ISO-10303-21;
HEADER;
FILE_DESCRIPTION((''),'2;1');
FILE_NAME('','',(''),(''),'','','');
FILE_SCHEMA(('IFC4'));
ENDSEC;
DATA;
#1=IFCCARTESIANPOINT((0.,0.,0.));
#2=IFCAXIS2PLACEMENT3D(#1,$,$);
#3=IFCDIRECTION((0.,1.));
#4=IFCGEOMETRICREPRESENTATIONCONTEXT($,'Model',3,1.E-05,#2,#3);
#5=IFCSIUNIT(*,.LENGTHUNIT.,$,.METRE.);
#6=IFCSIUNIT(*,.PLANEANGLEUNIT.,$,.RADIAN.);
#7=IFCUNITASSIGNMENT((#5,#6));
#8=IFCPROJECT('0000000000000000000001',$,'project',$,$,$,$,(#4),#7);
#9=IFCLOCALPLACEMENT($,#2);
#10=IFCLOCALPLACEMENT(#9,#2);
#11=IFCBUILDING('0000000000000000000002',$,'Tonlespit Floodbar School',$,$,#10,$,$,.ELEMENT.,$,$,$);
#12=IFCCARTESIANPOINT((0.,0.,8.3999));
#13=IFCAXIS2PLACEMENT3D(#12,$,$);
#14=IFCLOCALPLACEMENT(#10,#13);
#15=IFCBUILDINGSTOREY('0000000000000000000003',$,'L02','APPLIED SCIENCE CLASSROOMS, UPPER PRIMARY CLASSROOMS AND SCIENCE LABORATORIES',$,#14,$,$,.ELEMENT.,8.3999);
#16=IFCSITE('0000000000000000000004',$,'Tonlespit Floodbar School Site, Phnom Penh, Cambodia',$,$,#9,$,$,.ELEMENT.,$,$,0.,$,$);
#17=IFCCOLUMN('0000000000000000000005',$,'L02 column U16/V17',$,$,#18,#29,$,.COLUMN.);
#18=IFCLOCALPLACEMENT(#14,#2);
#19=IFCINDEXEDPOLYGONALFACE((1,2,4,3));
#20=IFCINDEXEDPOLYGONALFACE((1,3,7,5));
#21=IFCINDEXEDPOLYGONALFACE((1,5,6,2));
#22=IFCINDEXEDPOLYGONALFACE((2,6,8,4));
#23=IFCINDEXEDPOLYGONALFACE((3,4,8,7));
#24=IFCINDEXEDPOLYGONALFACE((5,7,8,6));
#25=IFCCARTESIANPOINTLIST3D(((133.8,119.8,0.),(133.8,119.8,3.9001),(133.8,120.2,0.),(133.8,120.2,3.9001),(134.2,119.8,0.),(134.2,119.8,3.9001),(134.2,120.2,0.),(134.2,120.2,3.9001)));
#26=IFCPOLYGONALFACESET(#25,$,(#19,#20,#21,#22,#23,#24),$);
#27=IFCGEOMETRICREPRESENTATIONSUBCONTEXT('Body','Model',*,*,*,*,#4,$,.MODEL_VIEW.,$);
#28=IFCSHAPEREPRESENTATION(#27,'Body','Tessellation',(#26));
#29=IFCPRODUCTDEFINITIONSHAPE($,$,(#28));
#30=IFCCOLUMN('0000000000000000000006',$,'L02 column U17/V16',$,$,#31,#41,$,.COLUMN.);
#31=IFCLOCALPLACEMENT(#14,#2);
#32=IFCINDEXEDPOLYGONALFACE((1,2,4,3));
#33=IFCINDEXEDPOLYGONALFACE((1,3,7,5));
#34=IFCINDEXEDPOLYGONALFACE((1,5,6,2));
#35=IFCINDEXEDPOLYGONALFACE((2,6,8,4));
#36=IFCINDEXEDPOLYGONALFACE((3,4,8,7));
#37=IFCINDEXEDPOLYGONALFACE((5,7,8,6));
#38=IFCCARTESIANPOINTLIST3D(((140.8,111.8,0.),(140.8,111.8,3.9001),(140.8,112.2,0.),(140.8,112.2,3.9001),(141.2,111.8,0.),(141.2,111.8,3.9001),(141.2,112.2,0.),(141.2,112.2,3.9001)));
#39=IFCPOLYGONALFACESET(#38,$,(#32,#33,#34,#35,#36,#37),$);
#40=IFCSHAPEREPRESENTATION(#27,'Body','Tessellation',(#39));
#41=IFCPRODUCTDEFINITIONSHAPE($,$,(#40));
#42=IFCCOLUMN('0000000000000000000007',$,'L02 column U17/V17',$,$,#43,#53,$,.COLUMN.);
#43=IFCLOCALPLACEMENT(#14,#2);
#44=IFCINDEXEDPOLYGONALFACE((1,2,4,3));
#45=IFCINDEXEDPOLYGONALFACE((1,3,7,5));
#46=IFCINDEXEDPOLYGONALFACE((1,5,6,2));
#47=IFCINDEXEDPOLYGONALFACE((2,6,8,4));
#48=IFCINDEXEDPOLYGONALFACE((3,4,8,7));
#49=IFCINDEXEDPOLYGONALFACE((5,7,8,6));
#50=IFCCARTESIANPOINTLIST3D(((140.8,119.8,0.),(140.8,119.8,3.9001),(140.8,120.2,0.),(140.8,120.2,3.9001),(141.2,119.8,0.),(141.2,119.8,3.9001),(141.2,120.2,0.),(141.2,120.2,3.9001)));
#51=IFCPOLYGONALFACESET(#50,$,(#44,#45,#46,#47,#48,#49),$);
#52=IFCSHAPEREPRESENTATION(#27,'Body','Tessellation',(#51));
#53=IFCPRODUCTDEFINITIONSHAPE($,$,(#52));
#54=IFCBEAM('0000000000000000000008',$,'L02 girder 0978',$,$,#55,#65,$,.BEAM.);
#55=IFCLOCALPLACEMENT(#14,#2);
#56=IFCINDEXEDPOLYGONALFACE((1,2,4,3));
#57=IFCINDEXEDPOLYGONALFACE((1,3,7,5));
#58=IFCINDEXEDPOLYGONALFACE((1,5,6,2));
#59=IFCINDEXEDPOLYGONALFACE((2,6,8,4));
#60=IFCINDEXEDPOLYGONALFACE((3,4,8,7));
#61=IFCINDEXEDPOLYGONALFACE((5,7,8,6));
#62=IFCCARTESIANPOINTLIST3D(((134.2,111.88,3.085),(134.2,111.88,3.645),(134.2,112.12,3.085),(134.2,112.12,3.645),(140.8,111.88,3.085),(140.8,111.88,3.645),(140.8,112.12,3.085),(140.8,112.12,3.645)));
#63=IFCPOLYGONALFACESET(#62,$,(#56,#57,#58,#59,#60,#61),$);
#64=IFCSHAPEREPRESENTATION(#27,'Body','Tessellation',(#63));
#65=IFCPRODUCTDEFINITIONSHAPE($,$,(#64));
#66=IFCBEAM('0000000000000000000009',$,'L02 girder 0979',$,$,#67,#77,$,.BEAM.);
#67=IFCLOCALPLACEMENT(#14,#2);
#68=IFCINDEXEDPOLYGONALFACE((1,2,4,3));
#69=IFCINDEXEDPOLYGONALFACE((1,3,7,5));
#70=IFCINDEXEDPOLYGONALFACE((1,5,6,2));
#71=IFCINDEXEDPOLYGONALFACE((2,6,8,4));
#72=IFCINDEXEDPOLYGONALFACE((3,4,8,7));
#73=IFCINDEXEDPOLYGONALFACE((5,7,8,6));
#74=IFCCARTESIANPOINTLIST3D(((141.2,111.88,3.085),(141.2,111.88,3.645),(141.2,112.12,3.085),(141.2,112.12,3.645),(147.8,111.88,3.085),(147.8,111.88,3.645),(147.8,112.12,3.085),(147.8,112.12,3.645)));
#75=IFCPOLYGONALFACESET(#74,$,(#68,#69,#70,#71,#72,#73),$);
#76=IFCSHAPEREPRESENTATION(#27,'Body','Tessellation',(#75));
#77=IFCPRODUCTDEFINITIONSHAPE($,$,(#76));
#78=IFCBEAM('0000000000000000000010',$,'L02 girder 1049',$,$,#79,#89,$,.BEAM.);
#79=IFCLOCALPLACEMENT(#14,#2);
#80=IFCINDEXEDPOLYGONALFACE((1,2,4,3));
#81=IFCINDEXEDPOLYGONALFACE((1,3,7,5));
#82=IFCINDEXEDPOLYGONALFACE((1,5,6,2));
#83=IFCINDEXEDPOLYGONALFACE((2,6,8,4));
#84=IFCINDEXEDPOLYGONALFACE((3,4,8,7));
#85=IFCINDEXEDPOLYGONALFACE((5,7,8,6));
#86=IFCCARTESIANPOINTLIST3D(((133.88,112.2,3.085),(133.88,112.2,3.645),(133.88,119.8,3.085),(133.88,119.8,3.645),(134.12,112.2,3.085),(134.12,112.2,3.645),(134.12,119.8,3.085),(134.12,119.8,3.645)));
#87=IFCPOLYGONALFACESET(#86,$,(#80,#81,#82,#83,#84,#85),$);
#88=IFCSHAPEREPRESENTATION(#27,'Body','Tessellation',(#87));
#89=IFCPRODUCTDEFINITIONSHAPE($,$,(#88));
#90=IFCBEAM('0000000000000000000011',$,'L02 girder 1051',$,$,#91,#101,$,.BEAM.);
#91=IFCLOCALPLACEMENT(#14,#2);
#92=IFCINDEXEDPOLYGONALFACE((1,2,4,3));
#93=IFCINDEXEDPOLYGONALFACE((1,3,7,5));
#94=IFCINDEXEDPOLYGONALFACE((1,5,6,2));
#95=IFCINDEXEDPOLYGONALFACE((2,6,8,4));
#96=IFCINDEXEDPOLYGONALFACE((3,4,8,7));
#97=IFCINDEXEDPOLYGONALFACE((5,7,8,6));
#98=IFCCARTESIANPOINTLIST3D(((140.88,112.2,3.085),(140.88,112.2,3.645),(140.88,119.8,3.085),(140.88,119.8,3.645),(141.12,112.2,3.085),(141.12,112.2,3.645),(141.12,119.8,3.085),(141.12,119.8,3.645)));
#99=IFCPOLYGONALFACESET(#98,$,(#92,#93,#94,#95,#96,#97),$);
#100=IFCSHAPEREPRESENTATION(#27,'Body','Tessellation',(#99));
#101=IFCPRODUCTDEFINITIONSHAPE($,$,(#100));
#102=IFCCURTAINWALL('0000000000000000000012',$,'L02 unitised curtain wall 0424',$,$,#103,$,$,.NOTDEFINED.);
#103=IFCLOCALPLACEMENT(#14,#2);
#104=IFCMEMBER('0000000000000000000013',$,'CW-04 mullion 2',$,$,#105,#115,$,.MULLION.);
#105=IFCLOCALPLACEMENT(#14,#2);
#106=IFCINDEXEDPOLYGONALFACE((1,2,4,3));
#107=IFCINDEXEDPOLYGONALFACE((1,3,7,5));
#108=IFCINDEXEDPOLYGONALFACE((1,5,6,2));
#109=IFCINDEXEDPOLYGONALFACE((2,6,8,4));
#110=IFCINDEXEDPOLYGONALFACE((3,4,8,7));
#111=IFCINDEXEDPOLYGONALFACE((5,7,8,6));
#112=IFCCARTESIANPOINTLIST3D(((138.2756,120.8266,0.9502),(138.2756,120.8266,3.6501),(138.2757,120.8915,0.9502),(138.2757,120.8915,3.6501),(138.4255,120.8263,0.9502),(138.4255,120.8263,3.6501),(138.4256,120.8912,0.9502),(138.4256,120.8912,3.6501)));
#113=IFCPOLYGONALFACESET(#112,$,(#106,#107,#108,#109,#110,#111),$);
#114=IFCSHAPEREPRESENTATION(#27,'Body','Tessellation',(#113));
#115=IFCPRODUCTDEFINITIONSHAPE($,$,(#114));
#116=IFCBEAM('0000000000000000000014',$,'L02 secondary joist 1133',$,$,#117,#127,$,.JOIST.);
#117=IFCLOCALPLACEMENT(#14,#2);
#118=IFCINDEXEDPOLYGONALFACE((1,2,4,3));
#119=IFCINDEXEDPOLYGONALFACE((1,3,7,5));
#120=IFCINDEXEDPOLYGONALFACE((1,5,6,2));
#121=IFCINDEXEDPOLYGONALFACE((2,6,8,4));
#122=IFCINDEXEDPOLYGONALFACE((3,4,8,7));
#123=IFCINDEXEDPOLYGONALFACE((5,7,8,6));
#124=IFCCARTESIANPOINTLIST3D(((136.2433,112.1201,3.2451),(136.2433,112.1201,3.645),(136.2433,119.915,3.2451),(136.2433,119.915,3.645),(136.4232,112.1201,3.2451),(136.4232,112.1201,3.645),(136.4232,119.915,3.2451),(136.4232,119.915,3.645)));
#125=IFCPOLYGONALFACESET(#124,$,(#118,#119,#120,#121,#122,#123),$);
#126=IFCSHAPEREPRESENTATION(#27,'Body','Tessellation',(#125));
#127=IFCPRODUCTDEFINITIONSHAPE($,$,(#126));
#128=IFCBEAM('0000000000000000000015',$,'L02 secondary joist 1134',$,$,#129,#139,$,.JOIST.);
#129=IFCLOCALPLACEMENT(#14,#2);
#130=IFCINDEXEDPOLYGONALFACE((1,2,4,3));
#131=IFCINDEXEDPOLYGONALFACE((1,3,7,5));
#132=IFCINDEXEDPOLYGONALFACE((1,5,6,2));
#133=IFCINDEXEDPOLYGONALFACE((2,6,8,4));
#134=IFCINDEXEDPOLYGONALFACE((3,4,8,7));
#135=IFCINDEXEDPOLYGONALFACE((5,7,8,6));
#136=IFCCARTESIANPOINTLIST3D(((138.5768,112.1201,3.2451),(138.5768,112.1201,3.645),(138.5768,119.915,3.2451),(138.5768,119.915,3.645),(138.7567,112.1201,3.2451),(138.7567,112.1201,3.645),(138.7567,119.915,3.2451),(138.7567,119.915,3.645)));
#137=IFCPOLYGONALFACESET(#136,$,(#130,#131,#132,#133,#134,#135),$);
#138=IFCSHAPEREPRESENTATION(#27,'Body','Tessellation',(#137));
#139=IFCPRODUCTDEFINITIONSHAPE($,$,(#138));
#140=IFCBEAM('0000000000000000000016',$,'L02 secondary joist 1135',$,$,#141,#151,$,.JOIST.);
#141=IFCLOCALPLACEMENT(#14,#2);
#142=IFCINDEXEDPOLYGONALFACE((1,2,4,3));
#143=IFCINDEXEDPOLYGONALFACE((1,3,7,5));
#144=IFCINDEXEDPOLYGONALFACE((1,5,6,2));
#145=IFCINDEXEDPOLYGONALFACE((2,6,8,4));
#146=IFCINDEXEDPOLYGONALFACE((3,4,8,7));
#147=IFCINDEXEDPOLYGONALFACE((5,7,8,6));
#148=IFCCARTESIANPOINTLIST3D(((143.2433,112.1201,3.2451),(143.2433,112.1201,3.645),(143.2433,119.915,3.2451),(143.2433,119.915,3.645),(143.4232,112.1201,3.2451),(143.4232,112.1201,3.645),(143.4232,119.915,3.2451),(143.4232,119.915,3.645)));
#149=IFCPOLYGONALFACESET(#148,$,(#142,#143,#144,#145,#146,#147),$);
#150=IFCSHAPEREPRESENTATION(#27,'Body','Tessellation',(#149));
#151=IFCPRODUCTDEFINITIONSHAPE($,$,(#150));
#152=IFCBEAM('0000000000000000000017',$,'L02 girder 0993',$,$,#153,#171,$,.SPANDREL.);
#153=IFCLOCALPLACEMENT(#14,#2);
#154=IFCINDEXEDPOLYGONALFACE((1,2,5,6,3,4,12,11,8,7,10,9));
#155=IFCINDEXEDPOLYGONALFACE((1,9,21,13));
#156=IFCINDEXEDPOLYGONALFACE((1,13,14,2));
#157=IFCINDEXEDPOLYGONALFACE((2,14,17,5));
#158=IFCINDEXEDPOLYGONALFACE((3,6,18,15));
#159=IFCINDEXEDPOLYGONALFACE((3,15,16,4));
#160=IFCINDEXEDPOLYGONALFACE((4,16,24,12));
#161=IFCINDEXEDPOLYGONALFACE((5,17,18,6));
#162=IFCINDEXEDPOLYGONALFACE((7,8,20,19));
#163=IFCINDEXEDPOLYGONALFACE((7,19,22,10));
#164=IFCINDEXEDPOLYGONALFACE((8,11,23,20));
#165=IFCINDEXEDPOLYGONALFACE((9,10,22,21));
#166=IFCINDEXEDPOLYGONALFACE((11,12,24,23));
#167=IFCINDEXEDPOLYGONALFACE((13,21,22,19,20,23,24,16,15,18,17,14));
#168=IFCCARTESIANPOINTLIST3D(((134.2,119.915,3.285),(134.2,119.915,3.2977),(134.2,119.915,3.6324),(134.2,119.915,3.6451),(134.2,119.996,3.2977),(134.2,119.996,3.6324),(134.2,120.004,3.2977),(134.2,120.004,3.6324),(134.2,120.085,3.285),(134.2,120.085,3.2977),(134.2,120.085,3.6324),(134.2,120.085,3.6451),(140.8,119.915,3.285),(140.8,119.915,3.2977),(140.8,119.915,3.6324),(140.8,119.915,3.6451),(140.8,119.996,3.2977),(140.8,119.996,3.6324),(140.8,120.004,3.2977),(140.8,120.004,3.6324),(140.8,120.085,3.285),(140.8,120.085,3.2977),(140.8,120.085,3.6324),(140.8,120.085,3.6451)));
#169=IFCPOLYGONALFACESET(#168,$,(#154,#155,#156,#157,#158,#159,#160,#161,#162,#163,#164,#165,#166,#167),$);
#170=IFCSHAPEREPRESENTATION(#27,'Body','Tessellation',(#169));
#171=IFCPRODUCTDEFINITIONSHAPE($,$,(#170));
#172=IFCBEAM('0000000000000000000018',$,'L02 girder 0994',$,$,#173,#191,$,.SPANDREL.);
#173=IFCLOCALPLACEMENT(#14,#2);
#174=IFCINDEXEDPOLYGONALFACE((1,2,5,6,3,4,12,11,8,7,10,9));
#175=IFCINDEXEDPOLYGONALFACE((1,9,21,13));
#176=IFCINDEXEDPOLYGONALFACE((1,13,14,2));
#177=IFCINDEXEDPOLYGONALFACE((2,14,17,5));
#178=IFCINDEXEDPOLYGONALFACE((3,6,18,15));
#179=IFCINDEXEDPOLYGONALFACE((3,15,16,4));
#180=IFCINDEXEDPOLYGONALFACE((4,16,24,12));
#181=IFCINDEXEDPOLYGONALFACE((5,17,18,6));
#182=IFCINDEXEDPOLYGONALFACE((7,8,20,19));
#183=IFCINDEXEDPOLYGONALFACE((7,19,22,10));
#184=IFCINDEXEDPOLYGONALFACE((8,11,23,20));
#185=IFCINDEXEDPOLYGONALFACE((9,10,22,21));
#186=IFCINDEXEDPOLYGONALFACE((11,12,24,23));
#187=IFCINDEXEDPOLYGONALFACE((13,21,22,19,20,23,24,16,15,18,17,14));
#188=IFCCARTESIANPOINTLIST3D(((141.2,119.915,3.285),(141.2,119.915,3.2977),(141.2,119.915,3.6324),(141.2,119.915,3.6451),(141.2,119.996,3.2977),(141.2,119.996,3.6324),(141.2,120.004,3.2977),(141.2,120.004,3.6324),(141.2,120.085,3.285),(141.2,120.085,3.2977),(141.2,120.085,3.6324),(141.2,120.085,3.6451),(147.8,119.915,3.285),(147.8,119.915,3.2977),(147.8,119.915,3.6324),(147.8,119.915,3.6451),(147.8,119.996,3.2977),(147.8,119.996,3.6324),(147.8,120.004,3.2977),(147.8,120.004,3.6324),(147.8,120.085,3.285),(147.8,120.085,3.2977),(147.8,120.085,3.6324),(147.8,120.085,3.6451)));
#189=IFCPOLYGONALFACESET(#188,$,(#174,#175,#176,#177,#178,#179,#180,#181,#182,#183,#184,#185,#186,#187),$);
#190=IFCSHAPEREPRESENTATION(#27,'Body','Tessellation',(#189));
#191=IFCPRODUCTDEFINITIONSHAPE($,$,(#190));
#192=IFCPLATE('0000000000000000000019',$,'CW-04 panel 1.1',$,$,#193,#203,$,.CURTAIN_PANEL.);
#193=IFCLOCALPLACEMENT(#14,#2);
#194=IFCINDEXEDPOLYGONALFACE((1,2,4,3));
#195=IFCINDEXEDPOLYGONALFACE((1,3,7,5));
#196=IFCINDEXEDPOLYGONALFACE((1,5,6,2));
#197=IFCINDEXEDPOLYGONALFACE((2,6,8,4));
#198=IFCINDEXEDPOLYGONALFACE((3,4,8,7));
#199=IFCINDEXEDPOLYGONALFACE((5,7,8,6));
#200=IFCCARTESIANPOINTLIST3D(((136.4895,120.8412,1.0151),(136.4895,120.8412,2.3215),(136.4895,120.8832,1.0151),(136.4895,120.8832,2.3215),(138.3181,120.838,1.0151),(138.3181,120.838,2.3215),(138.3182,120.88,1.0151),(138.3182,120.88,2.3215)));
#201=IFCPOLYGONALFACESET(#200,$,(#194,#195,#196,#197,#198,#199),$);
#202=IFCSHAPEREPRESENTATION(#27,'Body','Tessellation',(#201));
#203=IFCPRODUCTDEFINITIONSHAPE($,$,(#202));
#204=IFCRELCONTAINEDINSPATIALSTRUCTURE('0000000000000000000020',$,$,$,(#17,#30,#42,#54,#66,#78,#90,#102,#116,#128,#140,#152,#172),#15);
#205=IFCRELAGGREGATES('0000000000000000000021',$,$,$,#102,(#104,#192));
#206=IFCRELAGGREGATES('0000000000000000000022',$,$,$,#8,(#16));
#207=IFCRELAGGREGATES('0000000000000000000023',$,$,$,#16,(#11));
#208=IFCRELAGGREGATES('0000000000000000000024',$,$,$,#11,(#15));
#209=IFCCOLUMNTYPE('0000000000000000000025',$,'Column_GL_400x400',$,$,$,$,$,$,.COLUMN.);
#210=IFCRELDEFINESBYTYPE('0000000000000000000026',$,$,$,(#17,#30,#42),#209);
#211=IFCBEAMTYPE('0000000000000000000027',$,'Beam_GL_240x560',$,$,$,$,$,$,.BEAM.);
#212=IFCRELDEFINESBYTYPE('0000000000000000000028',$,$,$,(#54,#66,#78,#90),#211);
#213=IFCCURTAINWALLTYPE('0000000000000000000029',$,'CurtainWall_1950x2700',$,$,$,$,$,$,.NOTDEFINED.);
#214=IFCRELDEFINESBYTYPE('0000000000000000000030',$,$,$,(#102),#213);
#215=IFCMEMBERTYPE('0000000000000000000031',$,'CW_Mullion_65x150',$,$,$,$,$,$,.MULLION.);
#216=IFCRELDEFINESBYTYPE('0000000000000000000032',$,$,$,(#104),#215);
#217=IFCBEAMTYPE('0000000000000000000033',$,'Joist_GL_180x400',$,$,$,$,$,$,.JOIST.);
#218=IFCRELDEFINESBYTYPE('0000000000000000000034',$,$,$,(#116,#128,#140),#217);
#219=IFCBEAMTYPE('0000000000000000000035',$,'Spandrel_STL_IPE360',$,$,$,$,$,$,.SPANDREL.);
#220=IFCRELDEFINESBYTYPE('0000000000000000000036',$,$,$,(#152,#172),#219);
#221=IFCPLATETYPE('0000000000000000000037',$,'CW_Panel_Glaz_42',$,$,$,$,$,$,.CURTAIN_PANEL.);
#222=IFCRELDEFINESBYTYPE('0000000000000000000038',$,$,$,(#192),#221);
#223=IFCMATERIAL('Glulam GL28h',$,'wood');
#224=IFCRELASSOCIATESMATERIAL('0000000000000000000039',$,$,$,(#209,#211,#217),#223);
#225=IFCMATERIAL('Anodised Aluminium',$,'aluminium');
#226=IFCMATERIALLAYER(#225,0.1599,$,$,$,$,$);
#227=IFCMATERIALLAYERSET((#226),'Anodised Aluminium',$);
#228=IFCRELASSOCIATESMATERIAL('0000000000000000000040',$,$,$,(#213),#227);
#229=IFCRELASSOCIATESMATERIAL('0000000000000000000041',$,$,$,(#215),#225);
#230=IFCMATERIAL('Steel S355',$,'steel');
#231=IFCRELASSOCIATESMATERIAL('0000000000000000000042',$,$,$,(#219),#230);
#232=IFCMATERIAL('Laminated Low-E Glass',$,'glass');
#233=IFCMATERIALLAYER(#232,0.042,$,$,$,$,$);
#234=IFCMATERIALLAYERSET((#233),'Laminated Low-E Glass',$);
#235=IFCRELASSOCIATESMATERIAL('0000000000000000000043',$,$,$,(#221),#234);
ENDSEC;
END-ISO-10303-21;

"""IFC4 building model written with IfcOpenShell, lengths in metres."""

from ifc_helpers import new_model, si_unit, direction, frame, origin, origin_2d, place, context, subcontext, project, spatial, rectangle, i_section, extrude, material, layer, layer_set, material_profile, profile_set, type_object, element, aggregate, save


model = new_model("IFC4")

# Units and contexts
model_context = context("Model", 3, precision=1e-05, world=origin(), true_north=direction((0.0, 1.0)))
body_context = subcontext(model_context, "Body", "Model", "MODEL_VIEW")
ifc_project = project(units=[si_unit("LENGTHUNIT", "METRE"), si_unit("PLANEANGLEUNIT", "RADIAN")], contexts=[model_context])

# Site, building, storey
site_placement = place(None, origin())
site = spatial("IfcSite", under=ifc_project, at=site_placement, Name="Tonlespit Floodbar School Site, Phnom Penh, Cambodia", CompositionType="ELEMENT", RefElevation=0.0)
building_placement = place(site_placement, origin())
building = spatial("IfcBuilding", under=site, at=building_placement, Name="Tonlespit Floodbar School", CompositionType="ELEMENT")
storey_placement = place(building_placement, frame((0.0, 0.0, 8.3999)))
storey = spatial("IfcBuildingStorey", under=building, at=storey_placement, Name="L02", Description="APPLIED SCIENCE CLASSROOMS, UPPER PRIMARY CLASSROOMS AND SCIENCE LABORATORIES", CompositionType="ELEMENT", Elevation=8.3999)

# Columns
ifc_material_1 = material(Name="Glulam GL28h", Category="wood")
ifc_material_profile_1 = material_profile(ifc_material_1, rectangle(XDim=0.3999, YDim=0.3999, at=origin_2d()), Name="GL 400x400")
ifc_profile_set_1 = profile_set([ifc_material_profile_1], Name="Glulam GL28h")
column_type = type_object("IfcColumnType", Name="Column_GL_400x400", PredefinedType="COLUMN", material=ifc_profile_set_1)
for number, where, z_axis, x_axis, name in (
    (1, (134.0, 120.0, 0.0), (0.0, 0.0, 1.0), (1.0, 0.0, 0.0), "L02 column U16/V17"),
    (2, (141.0, 112.0, 0.0), (0.0, 0.0, 1.0), (1.0, 0.0, 0.0), "L02 column U17/V16"),
    (3, (141.0, 120.0, 0.0), (0.0, 0.0, 1.0), (1.0, 0.0, 0.0), "L02 column U17/V17"),
):
    element("IfcColumn", number, at=place(storey_placement, frame(where, z_axis=z_axis, x_axis=x_axis)), inside=storey, type_object=column_type, Name=name, PredefinedType="COLUMN", context=body_context, shape_type="SweptSolid", body=[
        extrude(rectangle(XDim=0.3999, YDim=0.3999, at=origin_2d()), origin(), (0.0, 0.0, 1.0), 3.9001),
    ])

# Beams
ifc_material_profile_2 = material_profile(ifc_material_1, rectangle(XDim=0.24, YDim=0.5601, at=origin_2d()), Name="GL 240x560")
ifc_profile_set_2 = profile_set([ifc_material_profile_2], Name="Glulam GL28h")
beam_type_1 = type_object("IfcBeamType", Name="Beam_GL_240x560", PredefinedType="BEAM", material=ifc_profile_set_2)
for number, where, z_axis, x_axis, name in (
    (4, (134.2, 112.0, 3.365), (1.0, 0.0, 0.0), (0.0, 1.0, 0.0), "L02 girder 0978"),
    (5, (141.2, 112.0, 3.365), (1.0, 0.0, 0.0), (0.0, 1.0, 0.0), "L02 girder 0979"),
):
    element("IfcBeam", number, at=place(storey_placement, frame(where, z_axis=z_axis, x_axis=x_axis)), inside=storey, type_object=beam_type_1, Name=name, PredefinedType="BEAM", context=body_context, shape_type="SweptSolid", body=[
        extrude(rectangle(XDim=0.24, YDim=0.5601, at=origin_2d()), origin(), (0.0, 0.0, 1.0), 6.6001),
    ])
for number, where, z_axis, x_axis, name in (
    (6, (134.0, 112.2, 3.365), (0.0, 1.0, 0.0), (-1.0, 0.0, 0.0), "L02 girder 1049"),
    (7, (141.0, 112.2, 3.365), (0.0, 1.0, 0.0), (-1.0, 0.0, 0.0), "L02 girder 1051"),
):
    element("IfcBeam", number, at=place(storey_placement, frame(where, z_axis=z_axis, x_axis=x_axis)), inside=storey, type_object=beam_type_1, Name=name, PredefinedType="BEAM", context=body_context, shape_type="SweptSolid", body=[
        extrude(rectangle(XDim=0.24, YDim=0.5601, at=origin_2d()), origin(), (0.0, 0.0, 1.0), 7.6001),
    ])

# Curtain wall, member
ifc_material_2 = material(Name="Anodised Aluminium", Category="aluminium")
ifc_layer_1 = layer(ifc_material_2, 0.1599)
ifc_layer_set_1 = layer_set([ifc_layer_1], Name="Anodised Aluminium")
curtain_wall_type = type_object("IfcCurtainWallType", Name="CurtainWall_1950x2700", PredefinedType="NOTDEFINED", material=ifc_layer_set_1)
curtain_wall_placement = place(storey_placement, origin())
curtain_wall = element("IfcCurtainWall", 8, at=curtain_wall_placement, inside=storey, type_object=curtain_wall_type, Name="L02 unitised curtain wall 0424", PredefinedType="NOTDEFINED")
ifc_material_profile_3 = material_profile(ifc_material_2, rectangle(XDim=0.0649, YDim=0.1499, at=origin_2d()), Name="ALU M65x150")
ifc_profile_set_3 = profile_set([ifc_material_profile_3], Name="Anodised Aluminium")
member_type = type_object("IfcMemberType", Name="CW_Mullion_65x150", PredefinedType="MULLION", material=ifc_profile_set_3)
member_placement = place(storey_placement, frame((138.3506, 120.8589, 0.9502), z_axis=(0.0, 0.0, 1.0), x_axis=(0.001787, 0.999998, 0.0)))
member = element("IfcMember", 9, at=member_placement, type_object=member_type, Name="CW-04 mullion 2", PredefinedType="MULLION", context=body_context, shape_type="SweptSolid", body=[
    extrude(rectangle(XDim=0.0649, YDim=0.1499, at=origin_2d()), origin(), (0.0, 0.0, 1.0), 2.7),
])

# Beams
ifc_material_profile_4 = material_profile(ifc_material_1, rectangle(XDim=0.1799, YDim=0.3999, at=origin_2d()), Name="GL 180x400")
ifc_profile_set_4 = profile_set([ifc_material_profile_4], Name="Glulam GL28h")
beam_type_2 = type_object("IfcBeamType", Name="Joist_GL_180x400", PredefinedType="JOIST", material=ifc_profile_set_4)
for number, where, z_axis, x_axis, name in (
    (10, (136.3333, 112.1201, 3.4451), (0.0, 1.0, 0.0), (-1.0, 0.0, 0.0), "L02 secondary joist 1133"),
    (11, (138.6667, 112.1201, 3.4451), (0.0, 1.0, 0.0), (-1.0, 0.0, 0.0), "L02 secondary joist 1134"),
    (12, (143.3333, 112.1201, 3.4451), (0.0, 1.0, 0.0), (-1.0, 0.0, 0.0), "L02 secondary joist 1135"),
):
    element("IfcBeam", number, at=place(storey_placement, frame(where, z_axis=z_axis, x_axis=x_axis)), inside=storey, type_object=beam_type_2, Name=name, PredefinedType="JOIST", context=body_context, shape_type="SweptSolid", body=[
        extrude(rectangle(XDim=0.1799, YDim=0.3999, at=origin_2d()), origin(), (0.0, 0.0, 1.0), 7.7949),
    ])
ifc_material_3 = material(Name="Steel S355", Category="steel")
ifc_material_profile_5 = material_profile(ifc_material_3, i_section(OverallWidth=0.1699, OverallDepth=0.3601, WebThickness=0.0081, FlangeThickness=0.0127, at=origin_2d()), Name="IPE 360")
ifc_profile_set_5 = profile_set([ifc_material_profile_5], Name="Steel S355")
beam_type_3 = type_object("IfcBeamType", Name="Spandrel_STL_IPE360", PredefinedType="SPANDREL", material=ifc_profile_set_5)
for number, where, z_axis, x_axis, name in (
    (13, (134.2, 120.0, 3.4651), (1.0, 0.0, 0.0), (0.0, 1.0, 0.0), "L02 girder 0993"),
    (14, (141.2, 120.0, 3.4651), (1.0, 0.0, 0.0), (0.0, 1.0, 0.0), "L02 girder 0994"),
):
    element("IfcBeam", number, at=place(storey_placement, frame(where, z_axis=z_axis, x_axis=x_axis)), inside=storey, type_object=beam_type_3, Name=name, PredefinedType="SPANDREL", context=body_context, shape_type="SweptSolid", body=[
        extrude(i_section(OverallWidth=0.1699, OverallDepth=0.3601, WebThickness=0.0081, FlangeThickness=0.0127, at=origin_2d()), origin(), (0.0, 0.0, 1.0), 6.6001),
    ])

# Plate
ifc_material_4 = material(Name="Laminated Low-E Glass", Category="glass")
ifc_layer_2 = layer(ifc_material_4, 0.042)
ifc_layer_set_2 = layer_set([ifc_layer_2], Name="Laminated Low-E Glass")
plate_type = type_object("IfcPlateType", Name="CW_Panel_Glaz_42", PredefinedType="CURTAIN_PANEL", material=ifc_layer_set_2)
plate_1_placement = place(storey_placement, frame((137.4038, 120.8606, 1.0151), z_axis=(0.0, 0.0, 1.0), x_axis=(0.999998, -0.001787, 0.0)))
plate_1 = element("IfcPlate", 15, at=plate_1_placement, type_object=plate_type, Name="CW-04 panel 1.1", PredefinedType="CURTAIN_PANEL", context=body_context, shape_type="SweptSolid", body=[
    extrude(rectangle(XDim=1.8286, YDim=0.042, at=origin_2d()), origin(), (0.0, 0.0, 1.0), 1.3064),
])
aggregate(curtain_wall, [member, plate_1])

save(model, "model.ifc")
